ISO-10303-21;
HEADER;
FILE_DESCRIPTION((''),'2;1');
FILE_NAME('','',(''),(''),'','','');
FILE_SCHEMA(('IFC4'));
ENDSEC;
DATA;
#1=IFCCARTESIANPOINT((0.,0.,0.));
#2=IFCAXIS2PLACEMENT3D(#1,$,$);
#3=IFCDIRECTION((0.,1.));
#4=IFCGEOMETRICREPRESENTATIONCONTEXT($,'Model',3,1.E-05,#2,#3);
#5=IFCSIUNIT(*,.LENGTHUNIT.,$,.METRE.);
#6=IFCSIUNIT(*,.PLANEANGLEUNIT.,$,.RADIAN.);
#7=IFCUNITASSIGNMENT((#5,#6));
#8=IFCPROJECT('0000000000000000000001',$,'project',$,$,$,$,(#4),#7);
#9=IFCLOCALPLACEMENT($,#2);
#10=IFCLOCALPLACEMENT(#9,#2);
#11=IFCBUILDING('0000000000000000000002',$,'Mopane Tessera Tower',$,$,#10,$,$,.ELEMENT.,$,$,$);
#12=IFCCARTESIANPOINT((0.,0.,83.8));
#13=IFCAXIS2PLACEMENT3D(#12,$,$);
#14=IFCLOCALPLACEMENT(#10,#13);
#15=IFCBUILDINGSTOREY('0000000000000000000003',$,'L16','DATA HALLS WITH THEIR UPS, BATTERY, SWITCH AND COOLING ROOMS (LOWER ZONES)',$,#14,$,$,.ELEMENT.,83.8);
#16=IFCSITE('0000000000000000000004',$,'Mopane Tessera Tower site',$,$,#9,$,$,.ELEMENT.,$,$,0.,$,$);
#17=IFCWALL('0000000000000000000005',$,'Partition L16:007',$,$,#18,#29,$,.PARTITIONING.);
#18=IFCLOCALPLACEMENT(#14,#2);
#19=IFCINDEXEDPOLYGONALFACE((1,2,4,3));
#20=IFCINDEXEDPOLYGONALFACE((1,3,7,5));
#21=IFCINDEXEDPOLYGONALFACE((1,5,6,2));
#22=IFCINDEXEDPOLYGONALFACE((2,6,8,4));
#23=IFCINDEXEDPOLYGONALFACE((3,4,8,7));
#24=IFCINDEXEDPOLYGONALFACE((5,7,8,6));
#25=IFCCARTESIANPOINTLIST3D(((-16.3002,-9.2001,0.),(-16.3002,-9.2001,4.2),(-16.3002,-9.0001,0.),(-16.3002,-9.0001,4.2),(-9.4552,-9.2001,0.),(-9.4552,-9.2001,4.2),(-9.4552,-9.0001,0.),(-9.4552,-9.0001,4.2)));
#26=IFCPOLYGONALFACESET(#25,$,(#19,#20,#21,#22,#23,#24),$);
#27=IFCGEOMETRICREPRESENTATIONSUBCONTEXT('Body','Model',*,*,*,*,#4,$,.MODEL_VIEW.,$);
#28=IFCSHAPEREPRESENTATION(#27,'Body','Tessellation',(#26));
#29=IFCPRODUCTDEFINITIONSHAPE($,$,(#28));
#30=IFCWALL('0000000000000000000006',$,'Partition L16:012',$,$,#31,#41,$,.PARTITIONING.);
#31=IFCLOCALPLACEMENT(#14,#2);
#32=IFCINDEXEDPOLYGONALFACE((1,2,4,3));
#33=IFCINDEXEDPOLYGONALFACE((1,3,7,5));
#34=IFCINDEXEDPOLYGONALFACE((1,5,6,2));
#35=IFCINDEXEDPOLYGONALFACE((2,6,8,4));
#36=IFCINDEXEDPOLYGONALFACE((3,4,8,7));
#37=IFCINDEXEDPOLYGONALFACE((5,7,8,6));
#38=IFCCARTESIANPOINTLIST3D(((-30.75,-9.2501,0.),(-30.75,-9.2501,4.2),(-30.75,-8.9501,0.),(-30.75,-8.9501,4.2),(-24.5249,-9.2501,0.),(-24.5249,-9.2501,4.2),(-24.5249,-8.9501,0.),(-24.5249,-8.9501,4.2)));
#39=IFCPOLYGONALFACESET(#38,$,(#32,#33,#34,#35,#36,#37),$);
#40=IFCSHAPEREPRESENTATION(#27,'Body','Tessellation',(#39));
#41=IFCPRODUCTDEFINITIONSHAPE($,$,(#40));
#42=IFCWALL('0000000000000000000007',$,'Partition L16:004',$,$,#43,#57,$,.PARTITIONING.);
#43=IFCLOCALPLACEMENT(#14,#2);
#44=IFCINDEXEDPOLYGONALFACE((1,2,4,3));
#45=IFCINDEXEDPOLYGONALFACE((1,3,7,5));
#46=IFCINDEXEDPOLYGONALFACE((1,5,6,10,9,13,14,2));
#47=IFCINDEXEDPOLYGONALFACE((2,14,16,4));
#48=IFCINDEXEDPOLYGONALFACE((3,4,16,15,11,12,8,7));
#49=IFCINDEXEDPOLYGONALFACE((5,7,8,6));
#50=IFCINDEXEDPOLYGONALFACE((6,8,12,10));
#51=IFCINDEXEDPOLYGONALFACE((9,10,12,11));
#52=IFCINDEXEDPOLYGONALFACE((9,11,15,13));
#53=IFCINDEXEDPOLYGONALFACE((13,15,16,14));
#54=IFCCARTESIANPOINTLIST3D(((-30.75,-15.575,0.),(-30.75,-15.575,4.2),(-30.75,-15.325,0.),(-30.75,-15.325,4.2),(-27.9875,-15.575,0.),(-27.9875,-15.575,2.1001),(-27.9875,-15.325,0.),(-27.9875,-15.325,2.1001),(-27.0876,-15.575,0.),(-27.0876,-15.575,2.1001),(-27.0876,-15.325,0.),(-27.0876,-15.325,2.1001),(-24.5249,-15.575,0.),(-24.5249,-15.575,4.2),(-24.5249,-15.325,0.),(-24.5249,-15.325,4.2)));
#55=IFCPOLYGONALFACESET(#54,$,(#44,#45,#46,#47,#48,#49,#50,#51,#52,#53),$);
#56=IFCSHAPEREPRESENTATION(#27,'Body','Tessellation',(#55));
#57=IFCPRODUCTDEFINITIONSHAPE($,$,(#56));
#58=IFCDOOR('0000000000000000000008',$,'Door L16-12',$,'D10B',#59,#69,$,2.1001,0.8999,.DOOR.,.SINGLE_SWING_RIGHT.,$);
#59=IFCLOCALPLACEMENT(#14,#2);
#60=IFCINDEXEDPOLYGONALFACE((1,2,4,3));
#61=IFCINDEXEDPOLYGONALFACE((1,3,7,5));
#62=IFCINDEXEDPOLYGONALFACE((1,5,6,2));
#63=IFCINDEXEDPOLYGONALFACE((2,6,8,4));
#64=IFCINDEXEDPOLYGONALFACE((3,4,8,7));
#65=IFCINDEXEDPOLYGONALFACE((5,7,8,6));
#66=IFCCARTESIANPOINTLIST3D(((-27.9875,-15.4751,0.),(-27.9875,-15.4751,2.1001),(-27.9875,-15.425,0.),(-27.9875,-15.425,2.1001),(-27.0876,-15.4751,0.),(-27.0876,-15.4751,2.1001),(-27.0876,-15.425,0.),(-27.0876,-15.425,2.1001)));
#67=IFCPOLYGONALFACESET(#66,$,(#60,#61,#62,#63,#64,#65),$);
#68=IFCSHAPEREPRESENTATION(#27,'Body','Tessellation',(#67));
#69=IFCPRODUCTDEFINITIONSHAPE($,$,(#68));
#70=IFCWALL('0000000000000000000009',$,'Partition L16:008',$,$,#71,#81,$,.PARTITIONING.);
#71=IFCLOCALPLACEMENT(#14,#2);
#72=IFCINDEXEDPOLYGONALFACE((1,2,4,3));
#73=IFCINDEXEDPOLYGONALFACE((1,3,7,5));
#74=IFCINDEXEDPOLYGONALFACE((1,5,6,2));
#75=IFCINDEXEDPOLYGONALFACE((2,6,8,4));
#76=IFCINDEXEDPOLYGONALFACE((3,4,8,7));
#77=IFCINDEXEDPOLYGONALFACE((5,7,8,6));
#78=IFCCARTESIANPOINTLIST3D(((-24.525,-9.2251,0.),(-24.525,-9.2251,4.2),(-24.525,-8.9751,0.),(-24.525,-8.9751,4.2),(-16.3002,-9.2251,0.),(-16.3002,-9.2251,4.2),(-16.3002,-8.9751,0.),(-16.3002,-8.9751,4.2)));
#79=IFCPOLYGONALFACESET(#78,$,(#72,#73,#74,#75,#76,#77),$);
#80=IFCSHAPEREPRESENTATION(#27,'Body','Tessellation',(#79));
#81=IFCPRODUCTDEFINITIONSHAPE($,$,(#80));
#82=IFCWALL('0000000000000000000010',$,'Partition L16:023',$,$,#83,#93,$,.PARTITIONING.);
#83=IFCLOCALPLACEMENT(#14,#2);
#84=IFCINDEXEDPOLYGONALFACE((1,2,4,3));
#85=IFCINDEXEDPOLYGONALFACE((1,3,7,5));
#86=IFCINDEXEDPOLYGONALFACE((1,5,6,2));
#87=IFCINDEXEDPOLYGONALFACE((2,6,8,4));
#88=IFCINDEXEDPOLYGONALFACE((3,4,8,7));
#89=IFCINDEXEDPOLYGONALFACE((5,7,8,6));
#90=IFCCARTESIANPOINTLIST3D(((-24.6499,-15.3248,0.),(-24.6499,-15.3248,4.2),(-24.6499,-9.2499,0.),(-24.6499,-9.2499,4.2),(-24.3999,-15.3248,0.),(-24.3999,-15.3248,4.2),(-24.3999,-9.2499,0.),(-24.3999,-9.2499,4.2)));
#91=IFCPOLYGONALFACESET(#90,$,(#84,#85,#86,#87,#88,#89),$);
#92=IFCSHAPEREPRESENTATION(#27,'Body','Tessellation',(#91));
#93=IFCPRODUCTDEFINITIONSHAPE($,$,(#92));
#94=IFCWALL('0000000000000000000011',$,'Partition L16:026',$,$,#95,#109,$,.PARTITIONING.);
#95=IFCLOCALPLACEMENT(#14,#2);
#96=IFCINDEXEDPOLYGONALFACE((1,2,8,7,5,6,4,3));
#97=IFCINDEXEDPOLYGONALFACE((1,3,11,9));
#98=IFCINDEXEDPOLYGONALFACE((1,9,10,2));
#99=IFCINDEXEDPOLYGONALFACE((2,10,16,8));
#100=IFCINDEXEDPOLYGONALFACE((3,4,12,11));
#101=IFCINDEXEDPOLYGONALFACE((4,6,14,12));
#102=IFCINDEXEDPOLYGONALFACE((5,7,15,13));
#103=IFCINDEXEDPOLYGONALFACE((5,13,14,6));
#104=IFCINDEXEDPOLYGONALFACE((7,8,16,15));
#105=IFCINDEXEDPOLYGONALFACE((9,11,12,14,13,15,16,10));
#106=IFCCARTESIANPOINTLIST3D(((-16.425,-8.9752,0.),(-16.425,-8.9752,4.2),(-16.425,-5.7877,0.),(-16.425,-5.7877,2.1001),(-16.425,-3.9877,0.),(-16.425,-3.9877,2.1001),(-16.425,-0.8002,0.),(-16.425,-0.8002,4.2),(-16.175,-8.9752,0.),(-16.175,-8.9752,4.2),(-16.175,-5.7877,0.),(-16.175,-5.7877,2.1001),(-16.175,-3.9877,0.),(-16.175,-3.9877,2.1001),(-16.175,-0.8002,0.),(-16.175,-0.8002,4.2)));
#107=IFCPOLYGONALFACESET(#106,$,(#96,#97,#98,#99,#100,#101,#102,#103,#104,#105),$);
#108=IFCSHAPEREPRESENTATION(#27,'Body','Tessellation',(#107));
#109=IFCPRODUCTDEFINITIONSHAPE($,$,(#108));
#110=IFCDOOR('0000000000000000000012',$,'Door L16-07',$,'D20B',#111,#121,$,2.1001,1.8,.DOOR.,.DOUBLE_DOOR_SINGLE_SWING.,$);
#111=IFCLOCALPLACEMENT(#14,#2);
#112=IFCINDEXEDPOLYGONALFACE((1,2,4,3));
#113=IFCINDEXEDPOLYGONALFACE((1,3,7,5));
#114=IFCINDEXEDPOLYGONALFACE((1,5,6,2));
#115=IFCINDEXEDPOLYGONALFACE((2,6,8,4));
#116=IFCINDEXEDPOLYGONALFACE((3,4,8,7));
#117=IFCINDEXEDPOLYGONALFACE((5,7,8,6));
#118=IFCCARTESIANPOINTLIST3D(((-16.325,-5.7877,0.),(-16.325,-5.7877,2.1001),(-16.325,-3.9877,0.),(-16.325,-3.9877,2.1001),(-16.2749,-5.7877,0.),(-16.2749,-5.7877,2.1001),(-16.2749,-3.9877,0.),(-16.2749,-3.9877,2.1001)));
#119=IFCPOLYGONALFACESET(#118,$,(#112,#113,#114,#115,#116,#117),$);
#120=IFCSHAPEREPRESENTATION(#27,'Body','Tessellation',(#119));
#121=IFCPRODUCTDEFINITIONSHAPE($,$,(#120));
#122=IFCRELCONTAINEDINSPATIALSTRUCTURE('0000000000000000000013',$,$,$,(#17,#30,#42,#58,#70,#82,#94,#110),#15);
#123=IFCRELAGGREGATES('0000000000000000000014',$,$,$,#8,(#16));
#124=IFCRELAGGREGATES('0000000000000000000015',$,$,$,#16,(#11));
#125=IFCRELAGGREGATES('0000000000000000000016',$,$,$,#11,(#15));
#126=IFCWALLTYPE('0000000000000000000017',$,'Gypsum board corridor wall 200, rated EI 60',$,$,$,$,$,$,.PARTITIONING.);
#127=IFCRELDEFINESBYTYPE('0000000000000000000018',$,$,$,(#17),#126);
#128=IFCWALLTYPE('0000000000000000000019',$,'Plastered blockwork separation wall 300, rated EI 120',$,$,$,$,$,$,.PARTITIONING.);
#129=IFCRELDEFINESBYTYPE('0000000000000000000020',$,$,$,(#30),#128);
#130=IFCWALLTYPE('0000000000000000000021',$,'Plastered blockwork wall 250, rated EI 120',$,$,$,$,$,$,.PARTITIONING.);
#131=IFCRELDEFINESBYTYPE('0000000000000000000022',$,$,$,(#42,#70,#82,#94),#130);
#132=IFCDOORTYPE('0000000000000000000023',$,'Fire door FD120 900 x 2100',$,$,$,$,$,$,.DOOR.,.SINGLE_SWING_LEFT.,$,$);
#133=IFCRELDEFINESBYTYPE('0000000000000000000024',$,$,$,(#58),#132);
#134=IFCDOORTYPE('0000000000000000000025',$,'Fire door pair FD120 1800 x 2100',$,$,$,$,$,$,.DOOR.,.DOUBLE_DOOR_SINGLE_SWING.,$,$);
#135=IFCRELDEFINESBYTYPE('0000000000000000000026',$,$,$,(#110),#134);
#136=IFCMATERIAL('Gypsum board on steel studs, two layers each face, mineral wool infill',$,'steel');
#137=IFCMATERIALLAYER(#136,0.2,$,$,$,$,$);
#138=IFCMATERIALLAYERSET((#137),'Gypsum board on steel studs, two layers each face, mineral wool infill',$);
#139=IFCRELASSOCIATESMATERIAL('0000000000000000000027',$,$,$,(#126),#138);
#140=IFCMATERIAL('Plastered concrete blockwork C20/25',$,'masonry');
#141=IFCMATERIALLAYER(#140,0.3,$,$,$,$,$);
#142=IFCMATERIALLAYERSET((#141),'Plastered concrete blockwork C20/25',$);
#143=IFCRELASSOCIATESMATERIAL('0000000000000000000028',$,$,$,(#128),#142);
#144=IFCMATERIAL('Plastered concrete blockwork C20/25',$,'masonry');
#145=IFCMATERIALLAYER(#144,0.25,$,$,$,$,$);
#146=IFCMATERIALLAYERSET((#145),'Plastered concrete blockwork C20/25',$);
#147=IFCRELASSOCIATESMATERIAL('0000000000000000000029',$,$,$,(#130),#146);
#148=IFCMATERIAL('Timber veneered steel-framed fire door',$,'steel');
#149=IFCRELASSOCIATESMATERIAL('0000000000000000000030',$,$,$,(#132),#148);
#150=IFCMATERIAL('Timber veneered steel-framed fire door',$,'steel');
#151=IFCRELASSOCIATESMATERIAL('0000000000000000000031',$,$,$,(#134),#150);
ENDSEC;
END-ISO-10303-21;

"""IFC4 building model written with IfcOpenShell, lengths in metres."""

from ifc_helpers import new_model, si_unit, direction, frame, frame_2d, origin, place, context, subcontext, project, spatial, rectangle, extrude, material, layer, layer_set, type_object, element, fill, save


model = new_model("IFC4")

# Units and contexts
model_context = context("Model", 3, precision=1e-05, world=origin(), true_north=direction((0.0, 1.0)))
body_context = subcontext(model_context, "Body", "Model", "MODEL_VIEW")
ifc_project = project(units=[si_unit("LENGTHUNIT", "METRE"), si_unit("PLANEANGLEUNIT", "RADIAN")], contexts=[model_context])

# Site, building, storey
site_placement = place(None, origin())
site = spatial("IfcSite", under=ifc_project, at=site_placement, Name="Mopane Tessera Tower site", CompositionType="ELEMENT", RefElevation=0.0)
building_placement = place(site_placement, origin())
building = spatial("IfcBuilding", under=site, at=building_placement, Name="Mopane Tessera Tower", CompositionType="ELEMENT")
storey_placement = place(building_placement, frame((0.0, 0.0, 83.8)))
storey = spatial("IfcBuildingStorey", under=building, at=storey_placement, Name="L16", Description="DATA HALLS WITH THEIR UPS, BATTERY, SWITCH AND COOLING ROOMS (LOWER ZONES)", CompositionType="ELEMENT", Elevation=83.8)

# Shared definitions
ifc_material_1 = material(Name="Gypsum board on steel studs, two layers each face, mineral wool infill", Category="steel")
ifc_layer_1 = layer(ifc_material_1, 0.2)
ifc_layer_set_1 = layer_set([ifc_layer_1], Name="Gypsum board on steel studs, two layers each face, mineral wool infill")
wall_type_1 = type_object("IfcWallType", Name="Gypsum board corridor wall 200, rated EI 60", PredefinedType="PARTITIONING", material=ifc_layer_set_1)

# Walls
wall_1_placement = place(storey_placement, frame((-16.3, -9.1001, 0.0), z_axis=(0.0, 0.0, 1.0), x_axis=(1.0, 0.0, 0.0)))
element("IfcWall", 1, at=wall_1_placement, inside=storey, type_object=wall_type_1, Name="Partition L16:007", PredefinedType="PARTITIONING", context=body_context, shape_type="SweptSolid", body=[
    extrude(rectangle(XDim=6.845, YDim=0.2, at=frame_2d((3.4224, 0.0))), origin(), (0.0, 0.0, 1.0), 4.2),
])
ifc_material_2 = material(Name="Plastered concrete blockwork C20/25", Category="masonry")
ifc_layer_2 = layer(ifc_material_2, 0.3)
ifc_layer_set_2 = layer_set([ifc_layer_2], Name="Plastered concrete blockwork C20/25")
wall_type_2 = type_object("IfcWallType", Name="Plastered blockwork separation wall 300, rated EI 120", PredefinedType="PARTITIONING", material=ifc_layer_set_2)
wall_2_placement = place(storey_placement, frame((-30.75, -9.1001, 0.0), z_axis=(0.0, 0.0, 1.0), x_axis=(1.0, 0.0, 0.0)))
element("IfcWall", 2, at=wall_2_placement, inside=storey, type_object=wall_type_2, Name="Partition L16:012", PredefinedType="PARTITIONING", context=body_context, shape_type="SweptSolid", body=[
    extrude(rectangle(XDim=6.2251, YDim=0.3, at=frame_2d((3.1125, 0.0))), origin(), (0.0, 0.0, 1.0), 4.2),
])

# Wall, opening, door
ifc_material_3 = material(Name="Plastered concrete blockwork C20/25", Category="masonry")
ifc_layer_3 = layer(ifc_material_3, 0.25)
ifc_layer_set_3 = layer_set([ifc_layer_3], Name="Plastered concrete blockwork C20/25")
wall_type_3 = type_object("IfcWallType", Name="Plastered blockwork wall 250, rated EI 120", PredefinedType="PARTITIONING", material=ifc_layer_set_3)
wall_3_placement = place(storey_placement, frame((-30.75, -15.45, 0.0), z_axis=(0.0, 0.0, 1.0), x_axis=(1.0, 0.0, 0.0)))
wall_3 = element("IfcWall", 3, at=wall_3_placement, inside=storey, type_object=wall_type_3, Name="Partition L16:004", PredefinedType="PARTITIONING", context=body_context, shape_type="SweptSolid", body=[
    extrude(rectangle(XDim=6.2251, YDim=0.25, at=frame_2d((3.1125, 0.0))), origin(), (0.0, 0.0, 1.0), 4.2),
])
opening_1_placement = place(wall_3_placement, frame((2.7625, 0.0, 0.0)))
opening_1 = element("IfcOpeningElement", 4, at=opening_1_placement, cuts=wall_3, PredefinedType="OPENING", context=body_context, shape_type="SweptSolid", body=[
    extrude(rectangle(XDim=0.8999, YDim=2.1001, at=frame_2d((0.45, 1.05))), frame((0.0, 0.137, 0.0), z_axis=(0.0, -1.0, 0.0), x_axis=(1.0, 0.0, 0.0)), (0.0, 0.0, 1.0), 0.2739),
])
ifc_material_4 = material(Name="Timber veneered steel-framed fire door", Category="steel")
door_type_1 = type_object("IfcDoorType", Name="Fire door FD120 900 x 2100", OperationType="SINGLE_SWING_LEFT", PredefinedType="DOOR", material=ifc_material_4)
door_1_placement = place(opening_1_placement, origin())
door_1 = element("IfcDoor", 5, at=door_1_placement, inside=storey, type_object=door_type_1, Name="Door L16-12", ObjectType="D10B", OperationType="SINGLE_SWING_RIGHT", OverallHeight=2.1001, OverallWidth=0.8999, PredefinedType="DOOR", context=body_context, shape_type="SweptSolid", body=[
    extrude(rectangle(XDim=0.8999, YDim=2.1001, at=frame_2d((0.45, 1.05))), frame((0.0, 0.0249, 0.0), z_axis=(0.0, -1.0, 0.0), x_axis=(1.0, 0.0, 0.0)), (0.0, 0.0, 1.0), 0.05),
])
fill(opening_1, door_1)

# Walls
wall_4_placement = place(storey_placement, frame((-24.5249, -9.1001, 0.0), z_axis=(0.0, 0.0, 1.0), x_axis=(1.0, 0.0, 0.0)))
element("IfcWall", 6, at=wall_4_placement, inside=storey, type_object=wall_type_3, Name="Partition L16:008", PredefinedType="PARTITIONING", context=body_context, shape_type="SweptSolid", body=[
    extrude(rectangle(XDim=8.2249, YDim=0.25, at=frame_2d((4.1123, 0.0))), origin(), (0.0, 0.0, 1.0), 4.2),
])
wall_5_placement = place(storey_placement, frame((-24.5249, -15.325, 0.0), z_axis=(0.0, 0.0, 1.0), x_axis=(0.0, 1.0, 0.0)))
element("IfcWall", 7, at=wall_5_placement, inside=storey, type_object=wall_type_3, Name="Partition L16:023", PredefinedType="PARTITIONING", context=body_context, shape_type="SweptSolid", body=[
    extrude(rectangle(XDim=6.075, YDim=0.25, at=frame_2d((3.0376, 0.0))), origin(), (0.0, 0.0, 1.0), 4.2),
])

# Wall, opening, door
wall_6_placement = place(storey_placement, frame((-16.3, -8.9751, 0.0), z_axis=(0.0, 0.0, 1.0), x_axis=(0.0, 1.0, 0.0)))
wall_6 = element("IfcWall", 8, at=wall_6_placement, inside=storey, type_object=wall_type_3, Name="Partition L16:026", PredefinedType="PARTITIONING", context=body_context, shape_type="SweptSolid", body=[
    extrude(rectangle(XDim=8.175, YDim=0.25, at=frame_2d((4.0874, 0.0))), origin(), (0.0, 0.0, 1.0), 4.2),
])
opening_2_placement = place(wall_6_placement, frame((3.1875, 0.0, 0.0)))
opening_2 = element("IfcOpeningElement", 9, at=opening_2_placement, cuts=wall_6, PredefinedType="OPENING", context=body_context, shape_type="SweptSolid", body=[
    extrude(rectangle(XDim=1.8, YDim=2.1001, at=frame_2d((0.8999, 1.05))), frame((0.0, 0.137, 0.0), z_axis=(0.0, -1.0, 0.0), x_axis=(1.0, 0.0, 0.0)), (0.0, 0.0, 1.0), 0.2739),
])
ifc_material_5 = material(Name="Timber veneered steel-framed fire door", Category="steel")
door_type_2 = type_object("IfcDoorType", Name="Fire door pair FD120 1800 x 2100", OperationType="DOUBLE_DOOR_SINGLE_SWING", PredefinedType="DOOR", material=ifc_material_5)
door_2_placement = place(opening_2_placement, origin())
door_2 = element("IfcDoor", 10, at=door_2_placement, inside=storey, type_object=door_type_2, Name="Door L16-07", ObjectType="D20B", OperationType="DOUBLE_DOOR_SINGLE_SWING", OverallHeight=2.1001, OverallWidth=1.8, PredefinedType="DOOR", context=body_context, shape_type="SweptSolid", body=[
    extrude(rectangle(XDim=1.8, YDim=2.1001, at=frame_2d((0.8999, 1.05))), frame((0.0, 0.0249, 0.0), z_axis=(0.0, -1.0, 0.0), x_axis=(1.0, 0.0, 0.0)), (0.0, 0.0, 1.0), 0.05),
])
fill(opening_2, door_2)

save(model, "model.ifc")
